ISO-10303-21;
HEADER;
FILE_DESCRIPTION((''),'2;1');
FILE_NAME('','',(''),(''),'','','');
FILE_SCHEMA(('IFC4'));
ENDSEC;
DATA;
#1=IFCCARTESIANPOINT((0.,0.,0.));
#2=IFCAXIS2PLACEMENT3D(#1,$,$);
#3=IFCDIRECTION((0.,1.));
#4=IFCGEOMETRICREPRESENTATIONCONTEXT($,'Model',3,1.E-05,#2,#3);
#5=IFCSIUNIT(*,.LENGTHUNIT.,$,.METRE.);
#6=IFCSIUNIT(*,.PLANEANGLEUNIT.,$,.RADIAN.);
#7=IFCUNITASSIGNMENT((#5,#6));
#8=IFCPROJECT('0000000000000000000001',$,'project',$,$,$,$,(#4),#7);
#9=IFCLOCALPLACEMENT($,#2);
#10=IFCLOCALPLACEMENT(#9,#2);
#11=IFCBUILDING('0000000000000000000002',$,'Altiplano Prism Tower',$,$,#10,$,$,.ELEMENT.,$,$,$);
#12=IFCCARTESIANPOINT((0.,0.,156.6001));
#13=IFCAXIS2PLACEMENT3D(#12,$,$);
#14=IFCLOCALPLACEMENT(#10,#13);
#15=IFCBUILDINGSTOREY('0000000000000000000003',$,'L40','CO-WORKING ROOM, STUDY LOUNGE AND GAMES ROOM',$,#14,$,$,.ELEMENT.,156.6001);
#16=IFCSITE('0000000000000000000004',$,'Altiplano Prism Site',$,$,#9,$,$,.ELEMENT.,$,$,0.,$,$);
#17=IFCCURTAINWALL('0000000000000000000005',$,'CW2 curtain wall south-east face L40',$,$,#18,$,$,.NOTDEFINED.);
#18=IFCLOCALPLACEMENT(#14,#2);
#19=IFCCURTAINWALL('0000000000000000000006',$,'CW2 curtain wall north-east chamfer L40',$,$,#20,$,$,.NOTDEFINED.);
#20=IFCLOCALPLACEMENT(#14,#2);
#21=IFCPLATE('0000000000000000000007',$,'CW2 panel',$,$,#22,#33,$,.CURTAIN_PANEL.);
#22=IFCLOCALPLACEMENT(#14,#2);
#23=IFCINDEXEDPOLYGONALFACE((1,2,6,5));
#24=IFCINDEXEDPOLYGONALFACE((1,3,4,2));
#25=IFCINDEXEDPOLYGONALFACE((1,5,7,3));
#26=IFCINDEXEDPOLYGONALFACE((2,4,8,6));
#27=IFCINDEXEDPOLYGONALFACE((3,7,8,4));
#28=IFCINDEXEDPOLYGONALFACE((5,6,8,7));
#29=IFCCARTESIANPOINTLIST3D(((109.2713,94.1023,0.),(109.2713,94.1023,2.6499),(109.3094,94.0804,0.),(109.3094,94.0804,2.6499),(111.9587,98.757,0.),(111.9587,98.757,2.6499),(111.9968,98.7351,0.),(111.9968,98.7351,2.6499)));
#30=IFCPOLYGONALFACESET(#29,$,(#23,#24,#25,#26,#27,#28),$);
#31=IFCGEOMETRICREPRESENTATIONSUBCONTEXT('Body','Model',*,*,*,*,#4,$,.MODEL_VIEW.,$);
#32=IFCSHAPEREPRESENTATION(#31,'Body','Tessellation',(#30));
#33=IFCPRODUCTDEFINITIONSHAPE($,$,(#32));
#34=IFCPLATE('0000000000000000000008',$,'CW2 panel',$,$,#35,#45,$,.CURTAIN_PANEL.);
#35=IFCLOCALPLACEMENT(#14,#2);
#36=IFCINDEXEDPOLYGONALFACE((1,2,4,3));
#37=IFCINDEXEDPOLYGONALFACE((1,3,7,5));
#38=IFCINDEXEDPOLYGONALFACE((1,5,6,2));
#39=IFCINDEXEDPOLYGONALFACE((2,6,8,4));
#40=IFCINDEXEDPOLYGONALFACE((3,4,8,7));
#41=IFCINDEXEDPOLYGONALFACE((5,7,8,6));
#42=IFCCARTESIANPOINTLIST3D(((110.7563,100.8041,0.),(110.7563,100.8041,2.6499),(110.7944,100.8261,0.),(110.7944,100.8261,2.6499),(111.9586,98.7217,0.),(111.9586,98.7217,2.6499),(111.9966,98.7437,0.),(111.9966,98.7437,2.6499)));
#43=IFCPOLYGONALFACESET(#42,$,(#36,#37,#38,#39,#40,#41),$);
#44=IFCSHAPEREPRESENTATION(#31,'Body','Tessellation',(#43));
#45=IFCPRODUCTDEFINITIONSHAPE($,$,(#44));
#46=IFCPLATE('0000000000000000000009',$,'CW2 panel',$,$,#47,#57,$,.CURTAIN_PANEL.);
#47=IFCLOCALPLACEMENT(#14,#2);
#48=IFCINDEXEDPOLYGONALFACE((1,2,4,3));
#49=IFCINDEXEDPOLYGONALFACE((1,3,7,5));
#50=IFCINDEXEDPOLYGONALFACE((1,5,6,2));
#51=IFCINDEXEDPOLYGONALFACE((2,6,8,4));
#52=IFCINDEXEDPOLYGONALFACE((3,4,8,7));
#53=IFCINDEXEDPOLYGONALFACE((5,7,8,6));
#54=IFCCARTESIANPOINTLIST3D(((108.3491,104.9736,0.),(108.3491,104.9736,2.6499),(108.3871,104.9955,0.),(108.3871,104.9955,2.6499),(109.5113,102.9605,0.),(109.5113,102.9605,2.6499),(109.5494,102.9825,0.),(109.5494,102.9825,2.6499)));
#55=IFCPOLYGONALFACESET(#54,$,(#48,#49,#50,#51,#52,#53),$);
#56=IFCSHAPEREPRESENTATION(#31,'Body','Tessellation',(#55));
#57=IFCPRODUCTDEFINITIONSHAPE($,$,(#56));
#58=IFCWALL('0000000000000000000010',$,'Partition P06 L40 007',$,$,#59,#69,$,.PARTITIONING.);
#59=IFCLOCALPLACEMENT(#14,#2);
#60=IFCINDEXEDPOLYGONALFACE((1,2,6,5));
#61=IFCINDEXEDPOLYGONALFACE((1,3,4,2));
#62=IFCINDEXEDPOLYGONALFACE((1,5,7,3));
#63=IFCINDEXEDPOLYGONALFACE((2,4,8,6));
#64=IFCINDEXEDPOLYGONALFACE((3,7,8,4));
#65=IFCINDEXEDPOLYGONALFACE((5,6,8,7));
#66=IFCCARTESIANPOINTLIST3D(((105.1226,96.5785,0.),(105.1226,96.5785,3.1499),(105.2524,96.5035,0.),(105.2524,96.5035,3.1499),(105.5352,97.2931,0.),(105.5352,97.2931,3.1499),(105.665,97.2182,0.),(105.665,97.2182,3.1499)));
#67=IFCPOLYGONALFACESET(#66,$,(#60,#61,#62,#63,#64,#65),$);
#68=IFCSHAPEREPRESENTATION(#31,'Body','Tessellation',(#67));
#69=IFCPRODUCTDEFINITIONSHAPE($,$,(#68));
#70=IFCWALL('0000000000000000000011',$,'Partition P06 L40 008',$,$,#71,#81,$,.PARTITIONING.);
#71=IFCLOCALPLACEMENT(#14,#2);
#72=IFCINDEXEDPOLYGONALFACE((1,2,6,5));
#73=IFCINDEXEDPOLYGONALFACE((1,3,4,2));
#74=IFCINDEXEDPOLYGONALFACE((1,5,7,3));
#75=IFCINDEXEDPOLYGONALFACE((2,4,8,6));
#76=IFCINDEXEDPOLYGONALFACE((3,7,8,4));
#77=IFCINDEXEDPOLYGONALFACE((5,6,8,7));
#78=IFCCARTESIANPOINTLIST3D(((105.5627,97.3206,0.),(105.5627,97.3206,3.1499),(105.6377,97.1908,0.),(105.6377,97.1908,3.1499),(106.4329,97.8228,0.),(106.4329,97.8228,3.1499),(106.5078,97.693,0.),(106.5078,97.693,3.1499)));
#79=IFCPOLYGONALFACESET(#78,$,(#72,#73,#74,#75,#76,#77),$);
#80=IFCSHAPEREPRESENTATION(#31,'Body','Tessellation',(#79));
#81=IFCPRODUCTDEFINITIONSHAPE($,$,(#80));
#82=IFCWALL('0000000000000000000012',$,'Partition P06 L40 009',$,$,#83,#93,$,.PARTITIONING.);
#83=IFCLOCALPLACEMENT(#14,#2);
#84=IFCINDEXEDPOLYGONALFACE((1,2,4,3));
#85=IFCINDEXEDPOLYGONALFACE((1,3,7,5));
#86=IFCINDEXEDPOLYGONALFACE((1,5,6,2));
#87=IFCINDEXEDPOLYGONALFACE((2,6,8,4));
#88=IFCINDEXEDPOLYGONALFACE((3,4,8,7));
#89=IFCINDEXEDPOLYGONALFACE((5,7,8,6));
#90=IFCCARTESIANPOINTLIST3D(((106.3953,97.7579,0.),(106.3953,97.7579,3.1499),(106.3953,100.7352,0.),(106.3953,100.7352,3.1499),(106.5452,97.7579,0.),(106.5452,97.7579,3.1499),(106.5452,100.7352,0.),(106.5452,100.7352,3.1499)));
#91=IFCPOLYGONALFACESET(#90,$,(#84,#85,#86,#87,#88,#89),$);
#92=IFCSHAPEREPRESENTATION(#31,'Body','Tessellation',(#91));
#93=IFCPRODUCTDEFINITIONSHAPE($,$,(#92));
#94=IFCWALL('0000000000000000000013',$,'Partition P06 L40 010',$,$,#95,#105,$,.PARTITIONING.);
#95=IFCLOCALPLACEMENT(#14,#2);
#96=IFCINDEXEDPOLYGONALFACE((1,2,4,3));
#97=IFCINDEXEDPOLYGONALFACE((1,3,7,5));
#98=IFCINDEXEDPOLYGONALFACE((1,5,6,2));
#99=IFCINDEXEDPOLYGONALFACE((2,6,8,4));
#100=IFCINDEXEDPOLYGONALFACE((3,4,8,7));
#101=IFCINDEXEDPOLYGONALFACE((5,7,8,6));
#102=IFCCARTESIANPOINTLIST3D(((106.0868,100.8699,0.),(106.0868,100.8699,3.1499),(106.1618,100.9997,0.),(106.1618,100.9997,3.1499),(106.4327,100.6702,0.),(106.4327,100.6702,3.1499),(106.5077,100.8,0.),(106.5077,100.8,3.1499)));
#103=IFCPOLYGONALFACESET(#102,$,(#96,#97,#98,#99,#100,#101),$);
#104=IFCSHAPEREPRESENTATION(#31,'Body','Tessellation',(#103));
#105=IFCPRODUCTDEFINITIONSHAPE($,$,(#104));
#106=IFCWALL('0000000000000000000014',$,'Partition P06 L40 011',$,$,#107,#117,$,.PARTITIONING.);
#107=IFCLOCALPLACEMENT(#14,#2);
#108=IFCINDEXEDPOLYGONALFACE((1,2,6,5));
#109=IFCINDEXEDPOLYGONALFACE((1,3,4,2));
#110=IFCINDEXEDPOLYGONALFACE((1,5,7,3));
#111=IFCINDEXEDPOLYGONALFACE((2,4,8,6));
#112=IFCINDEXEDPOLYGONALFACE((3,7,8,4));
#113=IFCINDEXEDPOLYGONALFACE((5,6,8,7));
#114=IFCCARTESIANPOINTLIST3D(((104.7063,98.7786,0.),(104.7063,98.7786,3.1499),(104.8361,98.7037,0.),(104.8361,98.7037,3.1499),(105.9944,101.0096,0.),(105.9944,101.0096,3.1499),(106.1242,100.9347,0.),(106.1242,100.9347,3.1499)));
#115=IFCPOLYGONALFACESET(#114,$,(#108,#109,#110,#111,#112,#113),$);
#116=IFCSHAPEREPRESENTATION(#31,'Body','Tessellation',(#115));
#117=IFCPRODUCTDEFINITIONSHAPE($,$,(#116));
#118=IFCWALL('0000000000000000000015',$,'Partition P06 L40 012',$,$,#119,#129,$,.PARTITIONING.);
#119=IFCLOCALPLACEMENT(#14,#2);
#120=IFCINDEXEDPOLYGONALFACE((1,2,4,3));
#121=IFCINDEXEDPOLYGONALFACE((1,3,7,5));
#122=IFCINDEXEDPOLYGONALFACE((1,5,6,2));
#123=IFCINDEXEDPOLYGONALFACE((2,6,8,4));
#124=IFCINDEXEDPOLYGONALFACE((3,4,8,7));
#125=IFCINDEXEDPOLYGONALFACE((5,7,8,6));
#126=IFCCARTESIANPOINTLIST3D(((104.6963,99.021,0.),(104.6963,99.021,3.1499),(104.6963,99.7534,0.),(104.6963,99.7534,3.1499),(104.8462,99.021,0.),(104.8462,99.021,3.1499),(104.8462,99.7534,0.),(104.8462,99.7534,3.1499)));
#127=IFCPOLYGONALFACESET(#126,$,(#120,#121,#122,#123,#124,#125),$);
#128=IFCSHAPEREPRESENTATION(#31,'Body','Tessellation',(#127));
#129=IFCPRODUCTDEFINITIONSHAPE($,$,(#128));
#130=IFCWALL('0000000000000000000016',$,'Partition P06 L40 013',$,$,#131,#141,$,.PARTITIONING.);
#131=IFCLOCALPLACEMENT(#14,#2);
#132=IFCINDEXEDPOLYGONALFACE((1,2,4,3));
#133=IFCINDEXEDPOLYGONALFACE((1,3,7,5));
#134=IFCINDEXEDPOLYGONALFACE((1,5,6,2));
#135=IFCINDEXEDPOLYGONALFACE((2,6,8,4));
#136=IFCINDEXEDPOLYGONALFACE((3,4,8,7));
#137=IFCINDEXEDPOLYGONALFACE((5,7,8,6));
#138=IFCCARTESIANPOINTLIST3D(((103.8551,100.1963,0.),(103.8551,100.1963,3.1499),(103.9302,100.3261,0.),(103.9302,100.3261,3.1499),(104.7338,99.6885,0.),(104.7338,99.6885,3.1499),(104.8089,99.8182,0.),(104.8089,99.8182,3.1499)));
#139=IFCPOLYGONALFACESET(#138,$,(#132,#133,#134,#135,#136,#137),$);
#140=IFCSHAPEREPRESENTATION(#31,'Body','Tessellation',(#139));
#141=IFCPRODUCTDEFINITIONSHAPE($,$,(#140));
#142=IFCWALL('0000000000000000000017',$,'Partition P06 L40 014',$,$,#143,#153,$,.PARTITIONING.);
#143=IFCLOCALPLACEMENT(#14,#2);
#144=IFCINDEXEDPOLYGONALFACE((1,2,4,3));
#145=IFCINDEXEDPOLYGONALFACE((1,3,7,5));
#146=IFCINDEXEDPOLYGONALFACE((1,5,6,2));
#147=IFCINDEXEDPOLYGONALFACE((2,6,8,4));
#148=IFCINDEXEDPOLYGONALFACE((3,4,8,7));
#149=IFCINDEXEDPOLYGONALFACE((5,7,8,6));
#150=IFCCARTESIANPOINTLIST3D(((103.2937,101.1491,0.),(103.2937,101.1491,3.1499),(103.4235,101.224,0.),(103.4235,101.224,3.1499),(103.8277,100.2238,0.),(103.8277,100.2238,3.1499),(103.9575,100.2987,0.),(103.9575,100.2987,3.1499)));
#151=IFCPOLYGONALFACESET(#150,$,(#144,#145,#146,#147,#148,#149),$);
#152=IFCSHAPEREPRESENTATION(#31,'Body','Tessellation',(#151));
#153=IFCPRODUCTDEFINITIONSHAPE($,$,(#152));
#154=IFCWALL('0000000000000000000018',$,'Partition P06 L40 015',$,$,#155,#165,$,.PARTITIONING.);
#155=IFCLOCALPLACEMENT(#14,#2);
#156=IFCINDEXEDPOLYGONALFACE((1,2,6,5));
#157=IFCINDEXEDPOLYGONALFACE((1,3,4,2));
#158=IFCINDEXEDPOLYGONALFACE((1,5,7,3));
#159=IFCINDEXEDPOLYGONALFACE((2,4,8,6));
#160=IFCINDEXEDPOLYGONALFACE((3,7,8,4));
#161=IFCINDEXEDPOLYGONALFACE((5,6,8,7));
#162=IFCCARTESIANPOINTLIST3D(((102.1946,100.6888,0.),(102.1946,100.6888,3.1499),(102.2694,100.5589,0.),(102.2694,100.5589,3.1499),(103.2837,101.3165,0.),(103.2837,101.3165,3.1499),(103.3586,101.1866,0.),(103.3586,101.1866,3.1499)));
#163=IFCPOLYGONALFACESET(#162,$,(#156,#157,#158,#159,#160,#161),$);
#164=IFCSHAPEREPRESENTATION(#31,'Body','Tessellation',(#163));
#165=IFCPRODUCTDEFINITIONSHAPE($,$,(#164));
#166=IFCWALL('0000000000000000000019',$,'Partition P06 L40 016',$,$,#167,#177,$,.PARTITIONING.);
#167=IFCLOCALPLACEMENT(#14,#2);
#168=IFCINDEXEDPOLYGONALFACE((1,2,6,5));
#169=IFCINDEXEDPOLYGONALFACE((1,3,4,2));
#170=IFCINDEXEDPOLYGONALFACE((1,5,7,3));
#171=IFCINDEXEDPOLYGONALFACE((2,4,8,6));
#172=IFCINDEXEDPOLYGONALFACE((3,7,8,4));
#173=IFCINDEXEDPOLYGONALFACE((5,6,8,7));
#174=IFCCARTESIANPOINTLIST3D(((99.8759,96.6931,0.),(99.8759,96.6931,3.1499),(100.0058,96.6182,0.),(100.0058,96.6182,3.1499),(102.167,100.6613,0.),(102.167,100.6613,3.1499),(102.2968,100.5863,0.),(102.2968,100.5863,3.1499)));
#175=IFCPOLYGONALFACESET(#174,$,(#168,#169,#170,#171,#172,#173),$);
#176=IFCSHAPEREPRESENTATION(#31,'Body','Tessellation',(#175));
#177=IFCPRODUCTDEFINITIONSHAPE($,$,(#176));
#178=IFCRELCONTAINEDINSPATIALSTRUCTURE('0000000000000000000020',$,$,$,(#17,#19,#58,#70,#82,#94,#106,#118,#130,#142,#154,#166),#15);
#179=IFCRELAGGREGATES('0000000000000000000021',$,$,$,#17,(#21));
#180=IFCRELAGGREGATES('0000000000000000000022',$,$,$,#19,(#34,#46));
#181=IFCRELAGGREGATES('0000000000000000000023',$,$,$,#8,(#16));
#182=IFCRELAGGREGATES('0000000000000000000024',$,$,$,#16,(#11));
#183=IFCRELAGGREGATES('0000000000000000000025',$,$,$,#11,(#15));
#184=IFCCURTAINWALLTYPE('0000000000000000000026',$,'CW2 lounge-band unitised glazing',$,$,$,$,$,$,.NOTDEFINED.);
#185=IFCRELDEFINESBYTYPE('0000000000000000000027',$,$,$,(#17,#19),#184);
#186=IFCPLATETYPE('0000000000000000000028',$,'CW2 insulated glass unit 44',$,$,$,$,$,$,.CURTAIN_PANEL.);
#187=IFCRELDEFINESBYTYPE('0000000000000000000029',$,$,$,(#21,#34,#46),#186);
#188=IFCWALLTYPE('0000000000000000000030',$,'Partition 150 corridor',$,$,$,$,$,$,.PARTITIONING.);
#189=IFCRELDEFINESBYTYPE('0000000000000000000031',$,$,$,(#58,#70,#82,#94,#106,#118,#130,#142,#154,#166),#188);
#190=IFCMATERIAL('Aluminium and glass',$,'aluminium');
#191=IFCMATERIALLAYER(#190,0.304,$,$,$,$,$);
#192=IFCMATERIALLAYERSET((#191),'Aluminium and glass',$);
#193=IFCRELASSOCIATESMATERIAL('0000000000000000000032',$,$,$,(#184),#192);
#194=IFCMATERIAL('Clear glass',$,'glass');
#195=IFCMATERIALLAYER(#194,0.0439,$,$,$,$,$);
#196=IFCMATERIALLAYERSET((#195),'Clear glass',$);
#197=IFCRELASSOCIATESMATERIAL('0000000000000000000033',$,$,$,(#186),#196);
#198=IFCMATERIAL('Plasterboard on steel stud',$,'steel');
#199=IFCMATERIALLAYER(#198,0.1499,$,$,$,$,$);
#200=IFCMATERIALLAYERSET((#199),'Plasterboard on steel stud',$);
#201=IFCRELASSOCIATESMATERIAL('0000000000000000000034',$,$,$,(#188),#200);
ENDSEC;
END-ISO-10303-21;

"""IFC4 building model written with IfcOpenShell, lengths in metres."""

from ifc_helpers import new_model, si_unit, direction, frame, frame_2d, origin, origin_2d, place, context, subcontext, project, spatial, rectangle, extrude, material, layer, layer_set, type_object, element, aggregate, save


model = new_model("IFC4")

# Units and contexts
model_context = context("Model", 3, precision=1e-05, world=origin(), true_north=direction((0.0, 1.0)))
body_context = subcontext(model_context, "Body", "Model", "MODEL_VIEW")
ifc_project = project(units=[si_unit("LENGTHUNIT", "METRE"), si_unit("PLANEANGLEUNIT", "RADIAN")], contexts=[model_context])

# Site, building, storey
site_placement = place(None, origin())
site = spatial("IfcSite", under=ifc_project, at=site_placement, Name="Altiplano Prism Site", CompositionType="ELEMENT", RefElevation=0.0)
building_placement = place(site_placement, origin())
building = spatial("IfcBuilding", under=site, at=building_placement, Name="Altiplano Prism Tower", CompositionType="ELEMENT")
storey_placement = place(building_placement, frame((0.0, 0.0, 156.6001)))
storey = spatial("IfcBuildingStorey", under=building, at=storey_placement, Name="L40", Description="CO-WORKING ROOM, STUDY LOUNGE AND GAMES ROOM", CompositionType="ELEMENT", Elevation=156.6001)

# Curtain walls
ifc_material_1 = material(Name="Aluminium and glass", Category="aluminium")
ifc_layer_1 = layer(ifc_material_1, 0.304)
ifc_layer_set_1 = layer_set([ifc_layer_1], Name="Aluminium and glass")
curtain_wall_type = type_object("IfcCurtainWallType", Name="CW2 lounge-band unitised glazing", PredefinedType="NOTDEFINED", material=ifc_layer_set_1)
curtain_wall_1_placement = place(storey_placement, origin())
curtain_wall_1 = element("IfcCurtainWall", 1, at=curtain_wall_1_placement, inside=storey, type_object=curtain_wall_type, Name="CW2 curtain wall south-east face L40", PredefinedType="NOTDEFINED")
curtain_wall_2_placement = place(storey_placement, origin())
curtain_wall_2 = element("IfcCurtainWall", 2, at=curtain_wall_2_placement, inside=storey, type_object=curtain_wall_type, Name="CW2 curtain wall north-east chamfer L40", PredefinedType="NOTDEFINED")

# Plates
ifc_material_2 = material(Name="Clear glass", Category="glass")
ifc_layer_2 = layer(ifc_material_2, 0.0439)
ifc_layer_set_2 = layer_set([ifc_layer_2], Name="Clear glass")
plate_type = type_object("IfcPlateType", Name="CW2 insulated glass unit 44", PredefinedType="CURTAIN_PANEL", material=ifc_layer_set_2)
plate_1_placement = place(storey_placement, frame((110.634, 96.4187, 0.0), z_axis=(0.0, 0.0, 1.0), x_axis=(0.5, 0.866025, 0.0)))
plate_1 = element("IfcPlate", 3, at=plate_1_placement, type_object=plate_type, Name="CW2 panel", PredefinedType="CURTAIN_PANEL", context=body_context, shape_type="SweptSolid", body=[
    extrude(rectangle(XDim=5.3748, YDim=0.0439, at=origin_2d()), origin(), (0.0, 0.0, 1.0), 2.6499),
])
aggregate(curtain_wall_1, [plate_1])
plate_2_placement = place(storey_placement, frame((111.3765, 99.7739, 0.0), z_axis=(0.0, 0.0, 1.0), x_axis=(-0.5, 0.866025, 0.0)))
plate_2 = element("IfcPlate", 4, at=plate_2_placement, type_object=plate_type, Name="CW2 panel", PredefinedType="CURTAIN_PANEL", context=body_context, shape_type="SweptSolid", body=[
    extrude(rectangle(XDim=2.4045, YDim=0.0439, at=origin_2d()), origin(), (0.0, 0.0, 1.0), 2.6499),
])
plate_3_placement = place(storey_placement, frame((108.9492, 103.978, 0.0), z_axis=(0.0, 0.0, 1.0), x_axis=(-0.5, 0.866025, 0.0)))
plate_3 = element("IfcPlate", 5, at=plate_3_placement, type_object=plate_type, Name="CW2 panel", PredefinedType="CURTAIN_PANEL", context=body_context, shape_type="SweptSolid", body=[
    extrude(rectangle(XDim=2.3245, YDim=0.0439, at=origin_2d()), origin(), (0.0, 0.0, 1.0), 2.6499),
])
aggregate(curtain_wall_2, [plate_2, plate_3])

# Walls
ifc_material_3 = material(Name="Plasterboard on steel stud", Category="steel")
ifc_layer_3 = layer(ifc_material_3, 0.1499)
ifc_layer_set_3 = layer_set([ifc_layer_3], Name="Plasterboard on steel stud")
wall_type = type_object("IfcWallType", Name="Partition 150 corridor", PredefinedType="PARTITIONING", material=ifc_layer_set_3)
wall_1_placement = place(storey_placement, frame((105.1875, 96.541, 0.0), z_axis=(0.0, 0.0, 1.0), x_axis=(0.500021, 0.866013, 0.0)))
element("IfcWall", 6, at=wall_1_placement, inside=storey, type_object=wall_type, Name="Partition P06 L40 007", PredefinedType="PARTITIONING", context=body_context, shape_type="SweptSolid", body=[
    extrude(rectangle(XDim=0.8252, YDim=0.1499, at=frame_2d((0.4126, 0.0))), origin(), (0.0, 0.0, 1.0), 3.1499),
])
wall_2_placement = place(storey_placement, frame((105.6001, 97.2556, 0.0), z_axis=(0.0, 0.0, 1.0), x_axis=(0.866097, 0.499877, 0.0)))
element("IfcWall", 7, at=wall_2_placement, inside=storey, type_object=wall_type, Name="Partition P06 L40 008", PredefinedType="PARTITIONING", context=body_context, shape_type="SweptSolid", body=[
    extrude(rectangle(XDim=1.0046, YDim=0.1499, at=frame_2d((0.5024, 0.0))), origin(), (0.0, 0.0, 1.0), 3.1499),
])
wall_3_placement = place(storey_placement, frame((106.4702, 97.7578, 0.0), z_axis=(0.0, 0.0, 1.0), x_axis=(0.0, 1.0, 0.0)))
element("IfcWall", 8, at=wall_3_placement, inside=storey, type_object=wall_type, Name="Partition P06 L40 009", PredefinedType="PARTITIONING", context=body_context, shape_type="SweptSolid", body=[
    extrude(rectangle(XDim=2.9773, YDim=0.1499, at=frame_2d((1.4888, 0.0))), origin(), (0.0, 0.0, 1.0), 3.1499),
])
wall_4_placement = place(storey_placement, frame((106.4702, 100.7351, 0.0), z_axis=(0.0, 0.0, 1.0), x_axis=(-0.866053, 0.499952, 0.0)))
element("IfcWall", 9, at=wall_4_placement, inside=storey, type_object=wall_type, Name="Partition P06 L40 010", PredefinedType="PARTITIONING", context=body_context, shape_type="SweptSolid", body=[
    extrude(rectangle(XDim=0.3994, YDim=0.1499, at=frame_2d((0.1997, 0.0))), origin(), (0.0, 0.0, 1.0), 3.1499),
])
wall_5_placement = place(storey_placement, frame((106.0593, 100.9722, 0.0), z_axis=(0.0, 0.0, 1.0), x_axis=(-0.500012, -0.866018, 0.0)))
element("IfcWall", 10, at=wall_5_placement, inside=storey, type_object=wall_type, Name="Partition P06 L40 011", PredefinedType="PARTITIONING", context=body_context, shape_type="SweptSolid", body=[
    extrude(rectangle(XDim=2.5762, YDim=0.1499, at=frame_2d((1.2881, 0.0))), origin(), (0.0, 0.0, 1.0), 3.1499),
])
wall_6_placement = place(storey_placement, frame((104.7712, 99.021, 0.0), z_axis=(0.0, 0.0, 1.0), x_axis=(0.0, 1.0, 0.0)))
element("IfcWall", 11, at=wall_6_placement, inside=storey, type_object=wall_type, Name="Partition P06 L40 012", PredefinedType="PARTITIONING", context=body_context, shape_type="SweptSolid", body=[
    extrude(rectangle(XDim=0.7324, YDim=0.1499, at=frame_2d((0.3662, 0.0))), origin(), (0.0, 0.0, 1.0), 3.1499),
])
wall_7_placement = place(storey_placement, frame((104.7712, 99.7534, 0.0), z_axis=(0.0, 0.0, 1.0), x_axis=(-0.865805, 0.500382, 0.0)))
element("IfcWall", 12, at=wall_7_placement, inside=storey, type_object=wall_type, Name="Partition P06 L40 013", PredefinedType="PARTITIONING", context=body_context, shape_type="SweptSolid", body=[
    extrude(rectangle(XDim=1.0149, YDim=0.1499, at=frame_2d((0.5073, 0.0))), origin(), (0.0, 0.0, 1.0), 3.1499),
])
wall_8_placement = place(storey_placement, frame((103.8926, 100.2612, 0.0), z_axis=(0.0, 0.0, 1.0), x_axis=(-0.499802, 0.86614, 0.0)))
element("IfcWall", 13, at=wall_8_placement, inside=storey, type_object=wall_type, Name="Partition P06 L40 014", PredefinedType="PARTITIONING", context=body_context, shape_type="SweptSolid", body=[
    extrude(rectangle(XDim=1.0684, YDim=0.1499, at=frame_2d((0.5342, 0.0))), origin(), (0.0, 0.0, 1.0), 3.1499),
])
wall_9_placement = place(storey_placement, frame((103.321, 101.2515, 0.0), z_axis=(0.0, 0.0, 1.0), x_axis=(-0.866409, -0.499336, 0.0)))
element("IfcWall", 14, at=wall_9_placement, inside=storey, type_object=wall_type, Name="Partition P06 L40 015", PredefinedType="PARTITIONING", context=body_context, shape_type="SweptSolid", body=[
    extrude(rectangle(XDim=1.2571, YDim=0.1499, at=frame_2d((0.6284, 0.0))), origin(), (0.0, 0.0, 1.0), 3.1499),
])
wall_10_placement = place(storey_placement, frame((102.2319, 100.6238, 0.0), z_axis=(0.0, 0.0, 1.0), x_axis=(-0.500013, -0.866018, 0.0)))
element("IfcWall", 15, at=wall_10_placement, inside=storey, type_object=wall_type, Name="Partition P06 L40 016", PredefinedType="PARTITIONING", context=body_context, shape_type="SweptSolid", body=[
    extrude(rectangle(XDim=4.582, YDim=0.1499, at=frame_2d((2.291, 0.0))), origin(), (0.0, 0.0, 1.0), 3.1499),
])

save(model, "model.ifc")
